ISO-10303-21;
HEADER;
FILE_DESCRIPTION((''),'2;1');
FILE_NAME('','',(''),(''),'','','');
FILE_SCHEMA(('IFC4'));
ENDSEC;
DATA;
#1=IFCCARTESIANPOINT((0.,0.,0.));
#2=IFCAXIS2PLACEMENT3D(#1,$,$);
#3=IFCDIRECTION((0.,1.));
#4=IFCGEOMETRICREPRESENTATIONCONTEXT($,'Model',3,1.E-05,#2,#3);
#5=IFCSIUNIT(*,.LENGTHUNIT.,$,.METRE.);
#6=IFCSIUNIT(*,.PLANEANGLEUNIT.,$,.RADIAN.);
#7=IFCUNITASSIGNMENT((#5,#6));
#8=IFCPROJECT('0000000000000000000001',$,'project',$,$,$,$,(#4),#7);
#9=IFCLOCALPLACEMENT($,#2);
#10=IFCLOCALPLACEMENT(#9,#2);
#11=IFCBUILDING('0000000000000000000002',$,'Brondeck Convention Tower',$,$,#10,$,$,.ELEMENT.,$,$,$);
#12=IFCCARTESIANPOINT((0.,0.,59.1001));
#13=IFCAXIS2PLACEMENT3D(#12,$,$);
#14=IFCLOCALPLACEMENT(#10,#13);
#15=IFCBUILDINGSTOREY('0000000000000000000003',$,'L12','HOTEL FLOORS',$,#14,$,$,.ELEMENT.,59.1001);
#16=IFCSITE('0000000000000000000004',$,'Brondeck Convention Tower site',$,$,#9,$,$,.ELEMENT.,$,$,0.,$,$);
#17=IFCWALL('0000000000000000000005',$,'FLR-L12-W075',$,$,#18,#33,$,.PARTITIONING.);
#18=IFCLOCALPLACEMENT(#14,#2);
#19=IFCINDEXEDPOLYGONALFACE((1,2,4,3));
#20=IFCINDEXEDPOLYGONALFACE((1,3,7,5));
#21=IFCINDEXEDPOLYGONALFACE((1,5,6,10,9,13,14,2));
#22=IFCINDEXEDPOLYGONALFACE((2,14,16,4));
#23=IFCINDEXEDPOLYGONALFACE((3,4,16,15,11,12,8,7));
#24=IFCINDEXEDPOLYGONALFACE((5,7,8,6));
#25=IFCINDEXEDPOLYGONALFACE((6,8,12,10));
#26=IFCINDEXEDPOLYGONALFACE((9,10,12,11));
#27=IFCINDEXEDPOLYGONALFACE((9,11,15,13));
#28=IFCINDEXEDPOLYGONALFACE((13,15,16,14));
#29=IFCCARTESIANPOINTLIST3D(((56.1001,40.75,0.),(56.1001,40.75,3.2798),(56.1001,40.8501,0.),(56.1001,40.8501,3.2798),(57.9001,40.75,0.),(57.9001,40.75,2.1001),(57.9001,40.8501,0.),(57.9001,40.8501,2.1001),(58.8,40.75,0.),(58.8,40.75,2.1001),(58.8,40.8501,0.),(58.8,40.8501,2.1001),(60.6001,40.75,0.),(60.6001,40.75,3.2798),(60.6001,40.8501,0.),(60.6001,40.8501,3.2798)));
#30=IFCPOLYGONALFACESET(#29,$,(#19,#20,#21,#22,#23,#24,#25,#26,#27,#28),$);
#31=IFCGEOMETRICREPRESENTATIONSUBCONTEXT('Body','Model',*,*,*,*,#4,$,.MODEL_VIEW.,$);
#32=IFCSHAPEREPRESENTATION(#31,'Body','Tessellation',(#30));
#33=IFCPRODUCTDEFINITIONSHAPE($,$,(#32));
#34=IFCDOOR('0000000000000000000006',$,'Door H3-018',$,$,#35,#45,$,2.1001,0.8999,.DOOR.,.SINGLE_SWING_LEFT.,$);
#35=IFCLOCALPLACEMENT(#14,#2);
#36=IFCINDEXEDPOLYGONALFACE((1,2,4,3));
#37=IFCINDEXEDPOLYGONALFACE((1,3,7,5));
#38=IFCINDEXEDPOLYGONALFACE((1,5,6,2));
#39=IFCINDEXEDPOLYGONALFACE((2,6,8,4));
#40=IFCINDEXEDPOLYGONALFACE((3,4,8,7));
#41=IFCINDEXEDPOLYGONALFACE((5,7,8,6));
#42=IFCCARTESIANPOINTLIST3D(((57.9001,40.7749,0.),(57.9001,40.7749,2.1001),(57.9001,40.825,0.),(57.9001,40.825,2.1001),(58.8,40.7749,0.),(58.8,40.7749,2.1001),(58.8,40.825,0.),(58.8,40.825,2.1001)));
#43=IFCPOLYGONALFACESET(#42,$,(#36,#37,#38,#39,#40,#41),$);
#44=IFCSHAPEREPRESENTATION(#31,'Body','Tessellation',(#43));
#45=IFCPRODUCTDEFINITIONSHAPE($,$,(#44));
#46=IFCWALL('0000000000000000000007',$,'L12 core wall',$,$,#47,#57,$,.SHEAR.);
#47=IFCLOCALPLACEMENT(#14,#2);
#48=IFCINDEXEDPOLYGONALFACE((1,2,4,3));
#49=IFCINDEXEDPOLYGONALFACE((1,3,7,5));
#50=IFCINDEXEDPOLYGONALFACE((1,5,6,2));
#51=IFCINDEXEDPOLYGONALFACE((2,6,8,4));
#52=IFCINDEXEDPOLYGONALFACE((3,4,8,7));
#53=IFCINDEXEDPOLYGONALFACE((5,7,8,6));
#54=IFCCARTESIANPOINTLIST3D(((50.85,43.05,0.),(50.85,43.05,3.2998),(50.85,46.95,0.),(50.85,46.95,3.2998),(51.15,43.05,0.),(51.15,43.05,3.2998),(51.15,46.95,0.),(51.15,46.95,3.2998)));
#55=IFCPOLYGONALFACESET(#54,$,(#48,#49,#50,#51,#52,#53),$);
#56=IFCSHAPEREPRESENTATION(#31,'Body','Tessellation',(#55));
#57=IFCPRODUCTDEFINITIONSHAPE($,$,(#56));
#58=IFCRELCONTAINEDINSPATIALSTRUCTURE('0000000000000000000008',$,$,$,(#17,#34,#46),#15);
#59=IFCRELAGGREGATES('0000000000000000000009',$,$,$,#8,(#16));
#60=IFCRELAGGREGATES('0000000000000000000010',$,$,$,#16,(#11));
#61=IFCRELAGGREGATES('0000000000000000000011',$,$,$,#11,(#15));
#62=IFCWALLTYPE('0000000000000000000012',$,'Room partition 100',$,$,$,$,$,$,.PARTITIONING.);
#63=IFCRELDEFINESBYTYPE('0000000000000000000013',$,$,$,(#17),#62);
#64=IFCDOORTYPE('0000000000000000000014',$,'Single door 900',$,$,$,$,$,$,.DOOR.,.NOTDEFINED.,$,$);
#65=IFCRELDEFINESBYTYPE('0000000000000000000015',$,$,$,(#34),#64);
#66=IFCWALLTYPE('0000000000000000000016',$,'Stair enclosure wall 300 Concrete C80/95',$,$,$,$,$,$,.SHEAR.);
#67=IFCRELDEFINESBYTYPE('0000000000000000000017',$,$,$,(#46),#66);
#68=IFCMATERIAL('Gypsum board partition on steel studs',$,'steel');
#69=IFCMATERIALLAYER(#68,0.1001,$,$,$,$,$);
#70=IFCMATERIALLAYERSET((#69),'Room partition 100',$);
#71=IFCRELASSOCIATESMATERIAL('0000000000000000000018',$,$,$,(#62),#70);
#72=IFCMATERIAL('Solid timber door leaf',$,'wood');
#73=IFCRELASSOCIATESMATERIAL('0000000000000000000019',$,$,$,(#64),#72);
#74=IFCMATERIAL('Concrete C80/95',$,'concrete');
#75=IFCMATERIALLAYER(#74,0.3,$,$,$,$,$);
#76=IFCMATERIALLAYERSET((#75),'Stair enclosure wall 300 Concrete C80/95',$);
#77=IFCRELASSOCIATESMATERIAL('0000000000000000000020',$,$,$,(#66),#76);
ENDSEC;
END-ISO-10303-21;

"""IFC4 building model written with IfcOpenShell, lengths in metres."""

from ifc_helpers import new_model, si_unit, direction, frame, frame_2d, origin, place, context, subcontext, project, spatial, rectangle, extrude, material, layer, layer_set, type_object, element, fill, save


model = new_model("IFC4")

# Units and contexts
model_context = context("Model", 3, precision=1e-05, world=origin(), true_north=direction((0.0, 1.0)))
body_context = subcontext(model_context, "Body", "Model", "MODEL_VIEW")
ifc_project = project(units=[si_unit("LENGTHUNIT", "METRE"), si_unit("PLANEANGLEUNIT", "RADIAN")], contexts=[model_context])

# Site, building, storey
site_placement = place(None, origin())
site = spatial("IfcSite", under=ifc_project, at=site_placement, Name="Brondeck Convention Tower site", CompositionType="ELEMENT", RefElevation=0.0)
building_placement = place(site_placement, origin())
building = spatial("IfcBuilding", under=site, at=building_placement, Name="Brondeck Convention Tower", CompositionType="ELEMENT")
storey_placement = place(building_placement, frame((0.0, 0.0, 59.1001)))
storey = spatial("IfcBuildingStorey", under=building, at=storey_placement, Name="L12", Description="HOTEL FLOORS", CompositionType="ELEMENT", Elevation=59.1001)

# Shared definitions
ifc_material_1 = material(Name="Concrete C80/95", Category="concrete")

# Shared definitions
ifc_material_2 = material(Name="Gypsum board partition on steel studs", Category="steel")
ifc_layer_1 = layer(ifc_material_2, 0.1001)
ifc_layer_set_1 = layer_set([ifc_layer_1], Name="Room partition 100")
wall_type_1 = type_object("IfcWallType", Name="Room partition 100", PredefinedType="PARTITIONING", material=ifc_layer_set_1)

# Wall, opening, door
wall_1_placement = place(storey_placement, frame((56.1001, 40.8, 0.0), z_axis=(0.0, 0.0, 1.0), x_axis=(1.0, 0.0, 0.0)))
wall_1 = element("IfcWall", 1, at=wall_1_placement, inside=storey, type_object=wall_type_1, Name="FLR-L12-W075", PredefinedType="PARTITIONING", context=body_context, shape_type="SweptSolid", body=[
    extrude(rectangle(XDim=4.5, YDim=0.1001, at=frame_2d((2.25, 0.0))), origin(), (0.0, 0.0, 1.0), 3.2798),
])
opening_1_placement = place(wall_1_placement, frame((1.8, 0.0, 0.0)))
opening_1 = element("IfcOpeningElement", 2, at=opening_1_placement, cuts=wall_1, PredefinedType="OPENING", context=body_context, shape_type="SweptSolid", body=[
    extrude(rectangle(XDim=0.8999, YDim=2.1001, at=frame_2d((0.45, 1.05))), frame((0.0, 0.0601, 0.0), z_axis=(0.0, -1.0, 0.0), x_axis=(1.0, 0.0, 0.0)), (0.0, 0.0, 1.0), 0.1201),
])
ifc_material_3 = material(Name="Solid timber door leaf", Category="wood")
door_type_1 = type_object("IfcDoorType", Name="Single door 900", OperationType="NOTDEFINED", PredefinedType="DOOR", material=ifc_material_3)
door_1_placement = place(opening_1_placement, origin())
door_1 = element("IfcDoor", 3, at=door_1_placement, inside=storey, type_object=door_type_1, Name="Door H3-018", OperationType="SINGLE_SWING_LEFT", OverallHeight=2.1001, OverallWidth=0.8999, PredefinedType="DOOR", context=body_context, shape_type="SweptSolid", body=[
    extrude(rectangle(XDim=0.8999, YDim=2.1001, at=frame_2d((0.45, 1.05))), frame((0.0, 0.0249, 0.0), z_axis=(0.0, -1.0, 0.0), x_axis=(1.0, 0.0, 0.0)), (0.0, 0.0, 1.0), 0.05),
])
fill(opening_1, door_1)

# Wall
ifc_layer_2 = layer(ifc_material_1, 0.3)
ifc_layer_set_2 = layer_set([ifc_layer_2], Name="Stair enclosure wall 300 Concrete C80/95")
wall_type_2 = type_object("IfcWallType", Name="Stair enclosure wall 300 Concrete C80/95", PredefinedType="SHEAR", material=ifc_layer_set_2)
wall_2_placement = place(storey_placement, frame((51.0, 43.05, 0.0), z_axis=(0.0, 0.0, 1.0), x_axis=(0.0, 1.0, 0.0)))
element("IfcWall", 4, at=wall_2_placement, inside=storey, type_object=wall_type_2, Name="L12 core wall", PredefinedType="SHEAR", context=body_context, shape_type="SweptSolid", body=[
    extrude(rectangle(XDim=3.8999, YDim=0.3, at=frame_2d((1.95, 0.0))), origin(), (0.0, 0.0, 1.0), 3.2998),
])

save(model, "model.ifc")
